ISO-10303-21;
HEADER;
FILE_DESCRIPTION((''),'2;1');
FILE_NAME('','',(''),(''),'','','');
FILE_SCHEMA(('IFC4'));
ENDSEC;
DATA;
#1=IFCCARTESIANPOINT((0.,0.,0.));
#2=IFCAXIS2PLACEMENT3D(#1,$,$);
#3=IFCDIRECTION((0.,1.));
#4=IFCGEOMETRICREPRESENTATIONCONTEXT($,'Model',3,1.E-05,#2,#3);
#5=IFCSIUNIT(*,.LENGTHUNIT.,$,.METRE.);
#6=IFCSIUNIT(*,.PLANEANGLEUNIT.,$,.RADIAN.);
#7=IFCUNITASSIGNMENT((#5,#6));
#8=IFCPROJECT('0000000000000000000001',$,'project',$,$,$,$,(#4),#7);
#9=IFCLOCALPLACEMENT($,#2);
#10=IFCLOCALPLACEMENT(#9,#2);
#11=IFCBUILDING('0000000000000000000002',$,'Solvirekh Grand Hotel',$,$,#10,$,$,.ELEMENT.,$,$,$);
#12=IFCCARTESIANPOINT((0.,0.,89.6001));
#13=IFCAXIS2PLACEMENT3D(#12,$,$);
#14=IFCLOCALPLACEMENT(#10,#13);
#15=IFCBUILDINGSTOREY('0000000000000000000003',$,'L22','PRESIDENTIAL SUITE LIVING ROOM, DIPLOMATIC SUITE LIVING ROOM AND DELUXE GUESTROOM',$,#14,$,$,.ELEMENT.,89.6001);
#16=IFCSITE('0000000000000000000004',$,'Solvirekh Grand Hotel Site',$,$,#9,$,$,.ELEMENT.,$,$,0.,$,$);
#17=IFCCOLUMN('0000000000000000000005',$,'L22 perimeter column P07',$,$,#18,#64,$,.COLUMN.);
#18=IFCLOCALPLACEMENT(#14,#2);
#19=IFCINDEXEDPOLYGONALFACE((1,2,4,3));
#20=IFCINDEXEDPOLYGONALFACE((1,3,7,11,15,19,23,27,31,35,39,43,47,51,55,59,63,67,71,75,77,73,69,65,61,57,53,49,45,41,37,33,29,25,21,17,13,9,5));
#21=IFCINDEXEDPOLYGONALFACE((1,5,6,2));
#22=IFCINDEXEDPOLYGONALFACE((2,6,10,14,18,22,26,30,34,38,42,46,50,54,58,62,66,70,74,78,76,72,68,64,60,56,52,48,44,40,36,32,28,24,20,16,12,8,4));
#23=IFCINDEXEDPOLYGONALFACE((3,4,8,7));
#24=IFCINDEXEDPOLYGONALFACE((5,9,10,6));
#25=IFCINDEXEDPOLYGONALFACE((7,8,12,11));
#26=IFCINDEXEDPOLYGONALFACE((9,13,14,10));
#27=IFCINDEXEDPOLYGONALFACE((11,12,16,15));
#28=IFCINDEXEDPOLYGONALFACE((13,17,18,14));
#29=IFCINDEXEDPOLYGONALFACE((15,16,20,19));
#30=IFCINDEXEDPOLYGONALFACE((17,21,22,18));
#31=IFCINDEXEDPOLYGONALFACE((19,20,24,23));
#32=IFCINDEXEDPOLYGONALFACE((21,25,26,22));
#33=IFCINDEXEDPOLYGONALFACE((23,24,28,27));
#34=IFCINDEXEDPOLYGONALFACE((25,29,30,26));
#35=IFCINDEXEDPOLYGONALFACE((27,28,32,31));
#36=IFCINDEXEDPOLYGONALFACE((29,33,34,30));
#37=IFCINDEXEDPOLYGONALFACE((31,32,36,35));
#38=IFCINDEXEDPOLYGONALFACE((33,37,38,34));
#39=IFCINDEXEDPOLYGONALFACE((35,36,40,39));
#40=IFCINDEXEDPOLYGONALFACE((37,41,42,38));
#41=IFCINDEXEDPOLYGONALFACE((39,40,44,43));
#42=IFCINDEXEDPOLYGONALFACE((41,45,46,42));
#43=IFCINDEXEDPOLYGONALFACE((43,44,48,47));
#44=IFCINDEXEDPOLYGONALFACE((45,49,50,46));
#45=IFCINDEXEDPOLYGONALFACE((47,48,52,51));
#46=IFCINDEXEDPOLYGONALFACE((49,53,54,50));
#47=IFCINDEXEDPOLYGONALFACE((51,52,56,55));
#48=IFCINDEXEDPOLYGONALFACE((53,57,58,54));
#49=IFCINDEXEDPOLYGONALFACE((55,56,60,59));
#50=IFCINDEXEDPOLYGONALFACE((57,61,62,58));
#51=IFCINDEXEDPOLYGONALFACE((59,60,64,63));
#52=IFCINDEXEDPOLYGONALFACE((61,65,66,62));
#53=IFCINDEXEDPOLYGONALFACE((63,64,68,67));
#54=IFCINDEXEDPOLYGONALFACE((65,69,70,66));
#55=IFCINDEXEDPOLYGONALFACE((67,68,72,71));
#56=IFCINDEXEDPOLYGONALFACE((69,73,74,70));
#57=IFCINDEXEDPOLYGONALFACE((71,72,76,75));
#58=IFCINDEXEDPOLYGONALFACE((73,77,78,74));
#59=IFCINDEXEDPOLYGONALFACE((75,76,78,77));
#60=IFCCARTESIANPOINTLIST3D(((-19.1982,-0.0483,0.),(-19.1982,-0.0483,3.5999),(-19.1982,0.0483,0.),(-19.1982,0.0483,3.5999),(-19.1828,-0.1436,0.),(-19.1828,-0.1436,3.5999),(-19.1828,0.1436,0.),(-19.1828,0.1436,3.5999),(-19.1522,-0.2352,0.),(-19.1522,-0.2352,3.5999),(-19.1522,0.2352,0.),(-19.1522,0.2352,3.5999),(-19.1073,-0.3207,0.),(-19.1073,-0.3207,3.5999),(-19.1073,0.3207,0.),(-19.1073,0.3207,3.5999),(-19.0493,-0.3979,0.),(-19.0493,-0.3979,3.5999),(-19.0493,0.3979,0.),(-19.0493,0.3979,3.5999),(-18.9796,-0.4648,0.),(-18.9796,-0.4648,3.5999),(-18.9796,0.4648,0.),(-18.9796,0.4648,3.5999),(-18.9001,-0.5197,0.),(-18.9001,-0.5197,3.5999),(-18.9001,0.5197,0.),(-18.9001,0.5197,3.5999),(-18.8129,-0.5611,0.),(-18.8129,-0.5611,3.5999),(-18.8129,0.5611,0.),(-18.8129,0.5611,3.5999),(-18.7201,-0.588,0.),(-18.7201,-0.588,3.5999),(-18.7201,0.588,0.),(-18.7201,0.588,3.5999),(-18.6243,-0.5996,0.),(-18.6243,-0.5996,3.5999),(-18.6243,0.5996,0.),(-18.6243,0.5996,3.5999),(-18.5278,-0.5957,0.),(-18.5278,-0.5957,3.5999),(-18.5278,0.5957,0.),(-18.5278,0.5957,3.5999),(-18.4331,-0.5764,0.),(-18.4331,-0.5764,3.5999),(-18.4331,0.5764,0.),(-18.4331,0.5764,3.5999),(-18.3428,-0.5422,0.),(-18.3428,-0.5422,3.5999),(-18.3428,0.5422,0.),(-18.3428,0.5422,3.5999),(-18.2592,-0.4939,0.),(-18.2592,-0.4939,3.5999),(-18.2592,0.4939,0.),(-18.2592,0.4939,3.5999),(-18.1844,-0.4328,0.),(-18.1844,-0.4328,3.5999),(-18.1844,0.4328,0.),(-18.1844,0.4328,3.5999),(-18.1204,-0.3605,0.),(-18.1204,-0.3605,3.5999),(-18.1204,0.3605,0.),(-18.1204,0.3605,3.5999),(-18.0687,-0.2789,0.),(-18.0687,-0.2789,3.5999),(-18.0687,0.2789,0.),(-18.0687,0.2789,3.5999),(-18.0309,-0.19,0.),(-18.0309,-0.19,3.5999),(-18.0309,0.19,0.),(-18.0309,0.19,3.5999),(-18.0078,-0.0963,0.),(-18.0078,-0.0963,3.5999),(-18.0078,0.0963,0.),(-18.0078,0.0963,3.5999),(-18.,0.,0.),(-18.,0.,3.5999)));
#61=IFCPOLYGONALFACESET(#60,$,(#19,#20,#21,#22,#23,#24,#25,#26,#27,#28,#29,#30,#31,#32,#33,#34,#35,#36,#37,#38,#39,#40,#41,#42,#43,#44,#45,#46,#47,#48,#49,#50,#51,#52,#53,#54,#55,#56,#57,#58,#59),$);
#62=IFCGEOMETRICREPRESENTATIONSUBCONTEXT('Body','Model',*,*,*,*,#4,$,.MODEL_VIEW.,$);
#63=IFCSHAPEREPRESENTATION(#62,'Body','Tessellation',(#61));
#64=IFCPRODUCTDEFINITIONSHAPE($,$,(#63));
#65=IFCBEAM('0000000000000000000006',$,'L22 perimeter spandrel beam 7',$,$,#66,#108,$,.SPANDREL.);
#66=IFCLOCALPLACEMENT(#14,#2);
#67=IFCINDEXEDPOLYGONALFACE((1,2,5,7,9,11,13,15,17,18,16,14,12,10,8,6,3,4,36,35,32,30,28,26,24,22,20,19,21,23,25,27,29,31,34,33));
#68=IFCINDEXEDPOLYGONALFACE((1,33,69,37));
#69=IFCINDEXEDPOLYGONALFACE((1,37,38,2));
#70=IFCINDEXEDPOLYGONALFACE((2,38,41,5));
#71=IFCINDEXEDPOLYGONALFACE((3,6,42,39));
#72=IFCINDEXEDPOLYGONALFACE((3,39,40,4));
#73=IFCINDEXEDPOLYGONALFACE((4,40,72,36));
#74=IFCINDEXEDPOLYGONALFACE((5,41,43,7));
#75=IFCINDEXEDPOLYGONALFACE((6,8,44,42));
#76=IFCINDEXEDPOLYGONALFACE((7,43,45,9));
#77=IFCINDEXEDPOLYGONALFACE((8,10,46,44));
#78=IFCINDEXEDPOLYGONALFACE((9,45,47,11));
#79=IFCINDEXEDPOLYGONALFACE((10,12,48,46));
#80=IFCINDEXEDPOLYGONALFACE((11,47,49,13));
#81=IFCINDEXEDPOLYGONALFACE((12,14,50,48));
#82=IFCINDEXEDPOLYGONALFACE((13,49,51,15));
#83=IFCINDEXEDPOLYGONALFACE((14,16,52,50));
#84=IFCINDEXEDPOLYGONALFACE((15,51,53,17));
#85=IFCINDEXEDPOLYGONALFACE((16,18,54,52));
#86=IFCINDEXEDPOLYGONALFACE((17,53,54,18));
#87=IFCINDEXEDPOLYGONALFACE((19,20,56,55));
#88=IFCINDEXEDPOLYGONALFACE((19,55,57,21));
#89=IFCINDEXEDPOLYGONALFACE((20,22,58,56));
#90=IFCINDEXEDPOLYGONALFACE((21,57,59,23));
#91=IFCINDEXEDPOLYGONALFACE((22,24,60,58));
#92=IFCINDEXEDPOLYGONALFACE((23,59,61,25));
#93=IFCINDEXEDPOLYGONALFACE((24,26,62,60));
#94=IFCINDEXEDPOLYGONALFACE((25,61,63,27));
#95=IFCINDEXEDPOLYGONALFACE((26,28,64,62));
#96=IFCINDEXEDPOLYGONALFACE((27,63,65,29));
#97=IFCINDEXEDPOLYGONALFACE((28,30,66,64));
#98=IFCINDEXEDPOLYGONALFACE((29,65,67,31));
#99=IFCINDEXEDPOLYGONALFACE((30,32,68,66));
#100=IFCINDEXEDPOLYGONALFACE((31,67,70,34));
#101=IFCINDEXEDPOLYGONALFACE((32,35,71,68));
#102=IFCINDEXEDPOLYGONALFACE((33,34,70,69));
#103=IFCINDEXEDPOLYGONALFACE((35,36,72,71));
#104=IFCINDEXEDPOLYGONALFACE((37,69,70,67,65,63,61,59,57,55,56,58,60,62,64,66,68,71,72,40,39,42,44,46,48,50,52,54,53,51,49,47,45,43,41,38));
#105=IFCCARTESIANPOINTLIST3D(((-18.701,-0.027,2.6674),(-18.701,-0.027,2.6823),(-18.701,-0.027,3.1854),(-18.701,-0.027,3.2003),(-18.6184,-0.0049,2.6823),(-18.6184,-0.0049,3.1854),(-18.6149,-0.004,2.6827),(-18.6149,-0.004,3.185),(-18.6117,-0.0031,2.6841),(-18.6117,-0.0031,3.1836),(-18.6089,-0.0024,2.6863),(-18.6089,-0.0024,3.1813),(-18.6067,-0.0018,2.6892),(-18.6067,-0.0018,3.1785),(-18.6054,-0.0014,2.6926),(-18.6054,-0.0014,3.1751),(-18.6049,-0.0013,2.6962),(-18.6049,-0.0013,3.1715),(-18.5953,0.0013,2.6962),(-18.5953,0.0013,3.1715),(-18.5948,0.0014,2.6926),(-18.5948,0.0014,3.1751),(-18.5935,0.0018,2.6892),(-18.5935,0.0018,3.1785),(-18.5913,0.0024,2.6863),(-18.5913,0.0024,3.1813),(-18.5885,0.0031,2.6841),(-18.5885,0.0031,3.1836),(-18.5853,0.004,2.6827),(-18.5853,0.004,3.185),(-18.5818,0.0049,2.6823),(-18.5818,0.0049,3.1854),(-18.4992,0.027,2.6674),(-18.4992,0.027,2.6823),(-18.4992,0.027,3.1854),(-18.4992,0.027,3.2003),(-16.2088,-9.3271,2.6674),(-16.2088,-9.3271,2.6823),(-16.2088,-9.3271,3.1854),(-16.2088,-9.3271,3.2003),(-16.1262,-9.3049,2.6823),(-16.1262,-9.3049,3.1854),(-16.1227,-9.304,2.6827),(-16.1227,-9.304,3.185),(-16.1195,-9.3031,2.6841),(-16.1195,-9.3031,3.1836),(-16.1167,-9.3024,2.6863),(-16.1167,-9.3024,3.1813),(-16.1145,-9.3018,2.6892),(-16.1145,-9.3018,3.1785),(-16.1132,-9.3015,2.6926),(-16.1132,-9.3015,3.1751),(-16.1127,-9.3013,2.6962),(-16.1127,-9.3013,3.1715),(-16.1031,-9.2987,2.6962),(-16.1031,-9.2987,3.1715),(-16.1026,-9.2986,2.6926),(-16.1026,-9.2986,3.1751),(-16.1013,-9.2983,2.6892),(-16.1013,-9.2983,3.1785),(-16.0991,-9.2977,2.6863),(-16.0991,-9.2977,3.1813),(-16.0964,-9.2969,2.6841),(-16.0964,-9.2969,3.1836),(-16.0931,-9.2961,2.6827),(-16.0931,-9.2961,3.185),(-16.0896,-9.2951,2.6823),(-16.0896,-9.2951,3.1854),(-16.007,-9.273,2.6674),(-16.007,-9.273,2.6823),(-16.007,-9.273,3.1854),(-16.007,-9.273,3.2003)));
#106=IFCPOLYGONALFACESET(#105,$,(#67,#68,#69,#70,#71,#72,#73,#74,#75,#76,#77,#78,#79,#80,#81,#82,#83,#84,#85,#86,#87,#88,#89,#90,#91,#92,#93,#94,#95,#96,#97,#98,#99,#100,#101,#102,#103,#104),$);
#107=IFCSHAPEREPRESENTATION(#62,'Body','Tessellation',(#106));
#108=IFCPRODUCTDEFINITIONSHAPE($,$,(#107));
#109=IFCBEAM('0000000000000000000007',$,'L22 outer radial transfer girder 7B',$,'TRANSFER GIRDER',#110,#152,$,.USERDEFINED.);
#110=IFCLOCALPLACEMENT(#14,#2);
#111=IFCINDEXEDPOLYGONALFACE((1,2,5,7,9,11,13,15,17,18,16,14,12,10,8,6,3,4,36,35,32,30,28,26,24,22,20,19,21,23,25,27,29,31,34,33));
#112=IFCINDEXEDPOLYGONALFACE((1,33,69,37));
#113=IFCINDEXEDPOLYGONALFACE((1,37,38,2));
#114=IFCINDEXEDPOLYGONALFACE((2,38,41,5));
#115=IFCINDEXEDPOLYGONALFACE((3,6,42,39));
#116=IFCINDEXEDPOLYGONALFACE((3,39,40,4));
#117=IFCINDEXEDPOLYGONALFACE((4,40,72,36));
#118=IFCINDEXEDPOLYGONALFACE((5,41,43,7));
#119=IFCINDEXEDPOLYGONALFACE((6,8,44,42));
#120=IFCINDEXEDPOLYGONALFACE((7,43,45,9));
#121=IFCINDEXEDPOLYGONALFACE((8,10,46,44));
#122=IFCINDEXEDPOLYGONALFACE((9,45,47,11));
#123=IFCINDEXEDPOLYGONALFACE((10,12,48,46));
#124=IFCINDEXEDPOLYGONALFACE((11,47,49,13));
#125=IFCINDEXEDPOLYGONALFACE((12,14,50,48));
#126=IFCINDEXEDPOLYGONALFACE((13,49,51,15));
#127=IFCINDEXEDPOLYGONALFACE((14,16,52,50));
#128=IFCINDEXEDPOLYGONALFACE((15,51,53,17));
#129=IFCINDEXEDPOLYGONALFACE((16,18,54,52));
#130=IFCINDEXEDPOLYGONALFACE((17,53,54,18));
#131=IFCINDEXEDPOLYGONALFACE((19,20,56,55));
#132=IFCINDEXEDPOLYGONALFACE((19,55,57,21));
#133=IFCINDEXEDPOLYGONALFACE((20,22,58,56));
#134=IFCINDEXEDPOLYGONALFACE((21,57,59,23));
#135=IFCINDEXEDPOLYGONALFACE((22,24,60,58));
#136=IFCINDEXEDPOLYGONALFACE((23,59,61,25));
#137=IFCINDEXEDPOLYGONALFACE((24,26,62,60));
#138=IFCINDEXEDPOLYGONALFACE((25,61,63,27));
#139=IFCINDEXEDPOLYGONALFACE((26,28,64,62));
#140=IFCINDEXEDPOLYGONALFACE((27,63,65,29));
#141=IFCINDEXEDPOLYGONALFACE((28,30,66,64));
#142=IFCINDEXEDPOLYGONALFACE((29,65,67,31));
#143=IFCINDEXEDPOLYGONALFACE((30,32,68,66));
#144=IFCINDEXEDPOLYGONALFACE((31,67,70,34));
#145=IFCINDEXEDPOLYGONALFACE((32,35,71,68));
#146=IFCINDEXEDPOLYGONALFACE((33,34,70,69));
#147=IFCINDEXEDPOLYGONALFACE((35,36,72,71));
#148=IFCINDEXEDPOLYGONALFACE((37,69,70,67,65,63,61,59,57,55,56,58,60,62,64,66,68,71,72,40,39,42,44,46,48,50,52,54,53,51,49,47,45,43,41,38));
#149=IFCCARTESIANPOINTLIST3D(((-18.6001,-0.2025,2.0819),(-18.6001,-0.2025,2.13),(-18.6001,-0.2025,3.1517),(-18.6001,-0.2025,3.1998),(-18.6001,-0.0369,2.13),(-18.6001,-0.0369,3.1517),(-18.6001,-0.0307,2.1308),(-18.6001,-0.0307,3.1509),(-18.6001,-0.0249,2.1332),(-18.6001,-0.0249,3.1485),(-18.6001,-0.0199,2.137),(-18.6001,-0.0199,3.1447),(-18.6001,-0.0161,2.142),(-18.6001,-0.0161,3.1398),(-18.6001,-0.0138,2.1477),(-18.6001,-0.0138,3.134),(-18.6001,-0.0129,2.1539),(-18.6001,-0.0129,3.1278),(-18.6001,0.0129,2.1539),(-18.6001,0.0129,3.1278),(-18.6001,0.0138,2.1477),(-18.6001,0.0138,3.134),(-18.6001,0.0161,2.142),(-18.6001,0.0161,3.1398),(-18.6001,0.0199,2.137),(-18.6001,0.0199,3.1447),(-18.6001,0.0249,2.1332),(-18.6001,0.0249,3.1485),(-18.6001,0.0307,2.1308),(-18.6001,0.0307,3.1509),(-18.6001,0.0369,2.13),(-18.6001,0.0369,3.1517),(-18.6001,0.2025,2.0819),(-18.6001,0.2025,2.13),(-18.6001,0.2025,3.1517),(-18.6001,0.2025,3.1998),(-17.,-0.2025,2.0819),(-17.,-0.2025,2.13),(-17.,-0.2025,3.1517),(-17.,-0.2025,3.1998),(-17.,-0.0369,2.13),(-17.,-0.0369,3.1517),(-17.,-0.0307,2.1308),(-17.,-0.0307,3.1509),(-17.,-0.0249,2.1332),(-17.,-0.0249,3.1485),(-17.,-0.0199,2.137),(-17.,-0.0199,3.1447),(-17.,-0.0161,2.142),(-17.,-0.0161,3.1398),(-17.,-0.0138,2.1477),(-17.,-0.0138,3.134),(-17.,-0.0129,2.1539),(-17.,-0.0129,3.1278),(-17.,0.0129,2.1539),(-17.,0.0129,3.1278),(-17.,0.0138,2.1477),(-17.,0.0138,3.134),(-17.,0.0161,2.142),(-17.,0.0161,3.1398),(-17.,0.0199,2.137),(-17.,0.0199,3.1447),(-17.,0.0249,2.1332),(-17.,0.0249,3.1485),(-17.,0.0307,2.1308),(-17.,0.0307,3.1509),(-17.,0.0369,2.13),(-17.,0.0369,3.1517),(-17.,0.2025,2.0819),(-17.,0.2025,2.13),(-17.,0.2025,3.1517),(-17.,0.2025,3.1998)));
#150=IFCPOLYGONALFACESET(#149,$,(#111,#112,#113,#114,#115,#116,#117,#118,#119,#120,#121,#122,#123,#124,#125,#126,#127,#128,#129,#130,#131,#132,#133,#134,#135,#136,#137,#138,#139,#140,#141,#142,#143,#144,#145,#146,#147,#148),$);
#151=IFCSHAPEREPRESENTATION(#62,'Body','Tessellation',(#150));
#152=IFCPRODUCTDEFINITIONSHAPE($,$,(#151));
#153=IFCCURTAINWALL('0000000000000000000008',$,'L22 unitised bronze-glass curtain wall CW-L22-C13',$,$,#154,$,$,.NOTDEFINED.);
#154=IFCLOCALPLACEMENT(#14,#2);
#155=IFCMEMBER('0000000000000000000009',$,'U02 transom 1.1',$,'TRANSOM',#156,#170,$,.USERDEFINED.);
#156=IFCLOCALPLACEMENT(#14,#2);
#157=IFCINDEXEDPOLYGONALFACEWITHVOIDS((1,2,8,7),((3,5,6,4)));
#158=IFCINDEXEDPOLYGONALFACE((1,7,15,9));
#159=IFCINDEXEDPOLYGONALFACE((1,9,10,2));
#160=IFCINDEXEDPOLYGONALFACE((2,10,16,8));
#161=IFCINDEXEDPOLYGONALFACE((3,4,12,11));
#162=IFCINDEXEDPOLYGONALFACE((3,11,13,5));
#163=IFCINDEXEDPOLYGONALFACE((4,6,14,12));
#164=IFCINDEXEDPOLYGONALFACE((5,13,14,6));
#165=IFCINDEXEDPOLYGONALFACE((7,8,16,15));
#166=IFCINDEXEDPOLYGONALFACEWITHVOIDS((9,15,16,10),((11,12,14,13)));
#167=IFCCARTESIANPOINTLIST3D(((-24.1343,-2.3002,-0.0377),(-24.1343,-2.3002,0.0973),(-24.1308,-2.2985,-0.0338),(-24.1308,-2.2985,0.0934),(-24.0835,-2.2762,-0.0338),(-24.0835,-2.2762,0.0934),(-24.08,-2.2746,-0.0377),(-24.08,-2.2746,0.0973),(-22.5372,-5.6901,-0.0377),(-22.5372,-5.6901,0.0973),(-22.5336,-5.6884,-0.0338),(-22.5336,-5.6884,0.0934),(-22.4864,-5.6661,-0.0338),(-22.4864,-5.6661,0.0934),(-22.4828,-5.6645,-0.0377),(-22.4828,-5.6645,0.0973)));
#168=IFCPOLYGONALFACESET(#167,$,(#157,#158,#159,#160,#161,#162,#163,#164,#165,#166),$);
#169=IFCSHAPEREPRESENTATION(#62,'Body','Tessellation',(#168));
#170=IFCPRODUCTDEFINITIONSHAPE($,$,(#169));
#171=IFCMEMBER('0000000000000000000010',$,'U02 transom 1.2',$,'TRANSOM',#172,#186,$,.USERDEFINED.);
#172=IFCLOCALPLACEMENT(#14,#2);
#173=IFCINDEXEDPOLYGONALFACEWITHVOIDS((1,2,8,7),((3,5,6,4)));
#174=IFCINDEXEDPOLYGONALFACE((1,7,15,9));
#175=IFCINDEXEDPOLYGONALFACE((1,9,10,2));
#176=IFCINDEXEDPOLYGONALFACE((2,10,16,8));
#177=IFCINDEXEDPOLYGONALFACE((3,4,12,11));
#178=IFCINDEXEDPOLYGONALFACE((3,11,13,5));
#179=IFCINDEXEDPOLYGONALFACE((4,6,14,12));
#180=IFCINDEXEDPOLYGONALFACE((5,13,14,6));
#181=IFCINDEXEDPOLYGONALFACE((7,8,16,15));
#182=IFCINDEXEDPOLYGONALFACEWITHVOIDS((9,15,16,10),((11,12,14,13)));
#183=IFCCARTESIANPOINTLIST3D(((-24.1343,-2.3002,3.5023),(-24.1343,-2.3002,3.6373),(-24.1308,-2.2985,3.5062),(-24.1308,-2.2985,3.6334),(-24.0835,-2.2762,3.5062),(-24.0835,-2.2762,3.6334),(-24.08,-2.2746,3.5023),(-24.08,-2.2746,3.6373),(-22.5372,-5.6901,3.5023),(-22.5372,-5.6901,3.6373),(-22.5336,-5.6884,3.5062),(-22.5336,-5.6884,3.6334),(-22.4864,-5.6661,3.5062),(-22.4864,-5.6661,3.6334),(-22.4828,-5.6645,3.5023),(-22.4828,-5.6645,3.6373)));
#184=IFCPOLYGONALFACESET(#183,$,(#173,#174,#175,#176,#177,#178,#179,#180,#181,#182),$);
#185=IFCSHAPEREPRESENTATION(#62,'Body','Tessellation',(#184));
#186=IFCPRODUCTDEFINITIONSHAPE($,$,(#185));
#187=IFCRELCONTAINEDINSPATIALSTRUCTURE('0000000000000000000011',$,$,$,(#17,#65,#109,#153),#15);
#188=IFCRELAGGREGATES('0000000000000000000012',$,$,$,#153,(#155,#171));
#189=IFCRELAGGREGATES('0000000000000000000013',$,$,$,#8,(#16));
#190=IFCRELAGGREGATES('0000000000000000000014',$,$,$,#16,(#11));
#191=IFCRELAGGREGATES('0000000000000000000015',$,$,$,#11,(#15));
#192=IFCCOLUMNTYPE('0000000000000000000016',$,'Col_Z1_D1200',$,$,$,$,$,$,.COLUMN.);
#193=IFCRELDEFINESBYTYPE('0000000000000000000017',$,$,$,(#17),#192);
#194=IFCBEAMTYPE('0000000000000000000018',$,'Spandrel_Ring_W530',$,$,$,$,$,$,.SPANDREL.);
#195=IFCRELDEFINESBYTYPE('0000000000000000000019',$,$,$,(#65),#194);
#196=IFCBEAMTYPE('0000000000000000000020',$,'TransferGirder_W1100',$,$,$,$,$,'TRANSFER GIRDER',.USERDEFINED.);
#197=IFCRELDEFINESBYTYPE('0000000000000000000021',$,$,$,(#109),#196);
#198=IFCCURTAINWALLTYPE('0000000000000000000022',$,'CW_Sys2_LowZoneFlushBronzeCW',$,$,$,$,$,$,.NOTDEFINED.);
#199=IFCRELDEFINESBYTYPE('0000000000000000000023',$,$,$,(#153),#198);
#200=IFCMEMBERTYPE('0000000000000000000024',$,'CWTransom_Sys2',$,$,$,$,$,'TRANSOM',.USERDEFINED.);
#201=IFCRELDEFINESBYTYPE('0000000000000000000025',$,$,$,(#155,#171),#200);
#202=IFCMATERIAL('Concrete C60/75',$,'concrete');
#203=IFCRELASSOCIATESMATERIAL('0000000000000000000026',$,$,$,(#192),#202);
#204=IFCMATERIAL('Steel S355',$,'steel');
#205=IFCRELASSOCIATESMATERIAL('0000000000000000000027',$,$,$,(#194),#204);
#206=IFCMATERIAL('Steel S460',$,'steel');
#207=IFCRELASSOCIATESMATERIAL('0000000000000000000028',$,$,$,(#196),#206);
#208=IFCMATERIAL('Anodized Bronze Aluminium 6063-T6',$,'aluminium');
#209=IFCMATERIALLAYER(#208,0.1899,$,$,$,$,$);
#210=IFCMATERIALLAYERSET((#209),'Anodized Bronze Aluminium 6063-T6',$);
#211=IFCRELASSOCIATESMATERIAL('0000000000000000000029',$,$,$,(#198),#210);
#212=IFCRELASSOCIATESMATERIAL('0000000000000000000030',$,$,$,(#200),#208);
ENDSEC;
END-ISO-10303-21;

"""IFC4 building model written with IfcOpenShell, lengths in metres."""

from ifc_helpers import new_model, si_unit, direction, frame, origin, origin_2d, place, context, subcontext, project, spatial, hollow_rectangle, circle, i_section, extrude, source, transform, mapped, material, layer, layer_set, material_profile, profile_set, type_object, element, aggregate, save


model = new_model("IFC4")

# Units and contexts
model_context = context("Model", 3, precision=1e-05, world=origin(), true_north=direction((0.0, 1.0)))
body_context = subcontext(model_context, "Body", "Model", "MODEL_VIEW")
ifc_project = project(units=[si_unit("LENGTHUNIT", "METRE"), si_unit("PLANEANGLEUNIT", "RADIAN")], contexts=[model_context])

# Site, building, storey
site_placement = place(None, origin())
site = spatial("IfcSite", under=ifc_project, at=site_placement, Name="Solvirekh Grand Hotel Site", CompositionType="ELEMENT", RefElevation=0.0)
building_placement = place(site_placement, origin())
building = spatial("IfcBuilding", under=site, at=building_placement, Name="Solvirekh Grand Hotel", CompositionType="ELEMENT")
storey_placement = place(building_placement, frame((0.0, 0.0, 89.6001)))
storey = spatial("IfcBuildingStorey", under=building, at=storey_placement, Name="L22", Description="PRESIDENTIAL SUITE LIVING ROOM, DIPLOMATIC SUITE LIVING ROOM AND DELUXE GUESTROOM", CompositionType="ELEMENT", Elevation=89.6001)

# Column
ifc_material_1 = material(Name="Concrete C60/75", Category="concrete")
ifc_material_profile_1 = material_profile(ifc_material_1, circle(Radius=0.6001, at=origin_2d()), Name="RC CIRC D1200")
ifc_profile_set_1 = profile_set([ifc_material_profile_1], Name="Concrete C60/75")
column_type = type_object("IfcColumnType", Name="Col_Z1_D1200", PredefinedType="COLUMN", material=ifc_profile_set_1)
column_placement = place(storey_placement, frame((-18.6001, 0.0, 0.0), z_axis=(0.0, 0.0, 1.0), x_axis=(1.0, 0.0, 0.0)))
element("IfcColumn", 1, at=column_placement, inside=storey, type_object=column_type, Name="L22 perimeter column P07", PredefinedType="COLUMN", context=body_context, shape_type="SweptSolid", body=[
    extrude(circle(Radius=0.6001, at=origin_2d()), origin(), (0.0, 0.0, 1.0), 3.5999),
])

# Beams
ifc_material_2 = material(Name="Steel S355", Category="steel")
ifc_material_profile_2 = material_profile(ifc_material_2, i_section(OverallWidth=0.209, OverallDepth=0.533, WebThickness=0.01, FlangeThickness=0.0149, FilletRadius=0.0139, at=origin_2d()), Name="W530X92")
ifc_profile_set_2 = profile_set([ifc_material_profile_2], Name="Steel S355")
beam_type_1 = type_object("IfcBeamType", Name="Spandrel_Ring_W530", PredefinedType="SPANDREL", material=ifc_profile_set_2)
beam_1_placement = place(storey_placement, frame((-18.6001, 0.0, 2.9338), z_axis=(0.258843, -0.965919, 0.0), x_axis=(0.965919, 0.258843, 0.0)))
element("IfcBeam", 2, at=beam_1_placement, inside=storey, type_object=beam_type_1, Name="L22 perimeter spandrel beam 7", PredefinedType="SPANDREL", context=body_context, shape_type="SweptSolid", body=[
    extrude(i_section(OverallWidth=0.209, OverallDepth=0.533, WebThickness=0.01, FlangeThickness=0.0149, FilletRadius=0.0139, at=origin_2d()), origin(), (0.0, 0.0, 1.0), 9.6282),
])
ifc_material_3 = material(Name="Steel S460", Category="steel")
ifc_material_profile_3 = material_profile(ifc_material_3, i_section(OverallWidth=0.405, OverallDepth=1.1179, WebThickness=0.0259, FlangeThickness=0.0481, FilletRadius=0.0239, at=origin_2d()), Name="W1100X499")
ifc_profile_set_3 = profile_set([ifc_material_profile_3], Name="Steel S460")
beam_type_2 = type_object("IfcBeamType", Name="TransferGirder_W1100", ElementType="TRANSFER GIRDER", PredefinedType="USERDEFINED", material=ifc_profile_set_3)
beam_2_placement = place(storey_placement, frame((-17.0, 0.0, 2.6409), z_axis=(-1.0, 0.0, 0.0), x_axis=(0.0, -1.0, 0.0)))
element("IfcBeam", 3, at=beam_2_placement, inside=storey, type_object=beam_type_2, Name="L22 outer radial transfer girder 7B", ObjectType="TRANSFER GIRDER", PredefinedType="USERDEFINED", context=body_context, shape_type="SweptSolid", body=[
    extrude(i_section(OverallWidth=0.405, OverallDepth=1.1179, WebThickness=0.0259, FlangeThickness=0.0481, FilletRadius=0.0239, at=origin_2d()), origin(), (0.0, 0.0, 1.0), 1.6001),
])

# Curtain wall, members
ifc_material_4 = material(Name="Anodized Bronze Aluminium 6063-T6", Category="aluminium")
ifc_layer_1 = layer(ifc_material_4, 0.1899)
ifc_layer_set_1 = layer_set([ifc_layer_1], Name="Anodized Bronze Aluminium 6063-T6")
curtain_wall_type = type_object("IfcCurtainWallType", Name="CW_Sys2_LowZoneFlushBronzeCW", PredefinedType="NOTDEFINED", material=ifc_layer_set_1)
curtain_wall_placement = place(storey_placement, origin())
curtain_wall = element("IfcCurtainWall", 4, at=curtain_wall_placement, inside=storey, type_object=curtain_wall_type, Name="L22 unitised bronze-glass curtain wall CW-L22-C13", PredefinedType="NOTDEFINED")
ifc_material_profile_4 = material_profile(ifc_material_4, hollow_rectangle(XDim=0.0601, YDim=0.135, WallThickness=0.0039, at=origin_2d()), Name="ALU RHS 135X60X4")
ifc_profile_set_4 = profile_set([ifc_material_profile_4], Name="Anodized Bronze Aluminium 6063-T6")
member_type_1 = type_object("IfcMemberType", Name="CWTransom_Sys2", ElementType="TRANSOM", PredefinedType="USERDEFINED", material=ifc_profile_set_4)
shared_shape_1 = source(origin(), body_context, "Body", "SweptSolid", [
    extrude(hollow_rectangle(XDim=0.0601, YDim=0.135, WallThickness=0.0039, at=origin_2d()), origin(), (0.0, 0.0, 1.0), 3.7473),
])
member_1_placement = place(storey_placement, frame((-24.1072, -2.2874, 0.0298), z_axis=(0.426217, -0.904621, 0.0), x_axis=(0.904621, 0.426217, 0.0)))
member_1 = element("IfcMember", 5, at=member_1_placement, type_object=member_type_1, Name="U02 transom 1.1", ObjectType="TRANSOM", PredefinedType="USERDEFINED", context=body_context, shape_type="MappedRepresentation", body=[
    mapped(shared_shape_1, transform((0.0, 0.0, 0.0), x_axis=(1.0, 0.0, 0.0), y_axis=(0.0, 1.0, 0.0), z_axis=(0.0, 0.0, 1.0), scale=1.0)),
])
member_2_placement = place(storey_placement, frame((-24.1072, -2.2874, 3.5698), z_axis=(0.426217, -0.904621, 0.0), x_axis=(0.904621, 0.426217, 0.0)))
member_2 = element("IfcMember", 6, at=member_2_placement, type_object=member_type_1, Name="U02 transom 1.2", ObjectType="TRANSOM", PredefinedType="USERDEFINED", context=body_context, shape_type="MappedRepresentation", body=[
    mapped(shared_shape_1, transform((0.0, 0.0, 0.0), x_axis=(1.0, 0.0, 0.0), y_axis=(0.0, 1.0, 0.0), z_axis=(0.0, 0.0, 1.0), scale=1.0)),
])
aggregate(curtain_wall, [member_1, member_2])

save(model, "model.ifc")
